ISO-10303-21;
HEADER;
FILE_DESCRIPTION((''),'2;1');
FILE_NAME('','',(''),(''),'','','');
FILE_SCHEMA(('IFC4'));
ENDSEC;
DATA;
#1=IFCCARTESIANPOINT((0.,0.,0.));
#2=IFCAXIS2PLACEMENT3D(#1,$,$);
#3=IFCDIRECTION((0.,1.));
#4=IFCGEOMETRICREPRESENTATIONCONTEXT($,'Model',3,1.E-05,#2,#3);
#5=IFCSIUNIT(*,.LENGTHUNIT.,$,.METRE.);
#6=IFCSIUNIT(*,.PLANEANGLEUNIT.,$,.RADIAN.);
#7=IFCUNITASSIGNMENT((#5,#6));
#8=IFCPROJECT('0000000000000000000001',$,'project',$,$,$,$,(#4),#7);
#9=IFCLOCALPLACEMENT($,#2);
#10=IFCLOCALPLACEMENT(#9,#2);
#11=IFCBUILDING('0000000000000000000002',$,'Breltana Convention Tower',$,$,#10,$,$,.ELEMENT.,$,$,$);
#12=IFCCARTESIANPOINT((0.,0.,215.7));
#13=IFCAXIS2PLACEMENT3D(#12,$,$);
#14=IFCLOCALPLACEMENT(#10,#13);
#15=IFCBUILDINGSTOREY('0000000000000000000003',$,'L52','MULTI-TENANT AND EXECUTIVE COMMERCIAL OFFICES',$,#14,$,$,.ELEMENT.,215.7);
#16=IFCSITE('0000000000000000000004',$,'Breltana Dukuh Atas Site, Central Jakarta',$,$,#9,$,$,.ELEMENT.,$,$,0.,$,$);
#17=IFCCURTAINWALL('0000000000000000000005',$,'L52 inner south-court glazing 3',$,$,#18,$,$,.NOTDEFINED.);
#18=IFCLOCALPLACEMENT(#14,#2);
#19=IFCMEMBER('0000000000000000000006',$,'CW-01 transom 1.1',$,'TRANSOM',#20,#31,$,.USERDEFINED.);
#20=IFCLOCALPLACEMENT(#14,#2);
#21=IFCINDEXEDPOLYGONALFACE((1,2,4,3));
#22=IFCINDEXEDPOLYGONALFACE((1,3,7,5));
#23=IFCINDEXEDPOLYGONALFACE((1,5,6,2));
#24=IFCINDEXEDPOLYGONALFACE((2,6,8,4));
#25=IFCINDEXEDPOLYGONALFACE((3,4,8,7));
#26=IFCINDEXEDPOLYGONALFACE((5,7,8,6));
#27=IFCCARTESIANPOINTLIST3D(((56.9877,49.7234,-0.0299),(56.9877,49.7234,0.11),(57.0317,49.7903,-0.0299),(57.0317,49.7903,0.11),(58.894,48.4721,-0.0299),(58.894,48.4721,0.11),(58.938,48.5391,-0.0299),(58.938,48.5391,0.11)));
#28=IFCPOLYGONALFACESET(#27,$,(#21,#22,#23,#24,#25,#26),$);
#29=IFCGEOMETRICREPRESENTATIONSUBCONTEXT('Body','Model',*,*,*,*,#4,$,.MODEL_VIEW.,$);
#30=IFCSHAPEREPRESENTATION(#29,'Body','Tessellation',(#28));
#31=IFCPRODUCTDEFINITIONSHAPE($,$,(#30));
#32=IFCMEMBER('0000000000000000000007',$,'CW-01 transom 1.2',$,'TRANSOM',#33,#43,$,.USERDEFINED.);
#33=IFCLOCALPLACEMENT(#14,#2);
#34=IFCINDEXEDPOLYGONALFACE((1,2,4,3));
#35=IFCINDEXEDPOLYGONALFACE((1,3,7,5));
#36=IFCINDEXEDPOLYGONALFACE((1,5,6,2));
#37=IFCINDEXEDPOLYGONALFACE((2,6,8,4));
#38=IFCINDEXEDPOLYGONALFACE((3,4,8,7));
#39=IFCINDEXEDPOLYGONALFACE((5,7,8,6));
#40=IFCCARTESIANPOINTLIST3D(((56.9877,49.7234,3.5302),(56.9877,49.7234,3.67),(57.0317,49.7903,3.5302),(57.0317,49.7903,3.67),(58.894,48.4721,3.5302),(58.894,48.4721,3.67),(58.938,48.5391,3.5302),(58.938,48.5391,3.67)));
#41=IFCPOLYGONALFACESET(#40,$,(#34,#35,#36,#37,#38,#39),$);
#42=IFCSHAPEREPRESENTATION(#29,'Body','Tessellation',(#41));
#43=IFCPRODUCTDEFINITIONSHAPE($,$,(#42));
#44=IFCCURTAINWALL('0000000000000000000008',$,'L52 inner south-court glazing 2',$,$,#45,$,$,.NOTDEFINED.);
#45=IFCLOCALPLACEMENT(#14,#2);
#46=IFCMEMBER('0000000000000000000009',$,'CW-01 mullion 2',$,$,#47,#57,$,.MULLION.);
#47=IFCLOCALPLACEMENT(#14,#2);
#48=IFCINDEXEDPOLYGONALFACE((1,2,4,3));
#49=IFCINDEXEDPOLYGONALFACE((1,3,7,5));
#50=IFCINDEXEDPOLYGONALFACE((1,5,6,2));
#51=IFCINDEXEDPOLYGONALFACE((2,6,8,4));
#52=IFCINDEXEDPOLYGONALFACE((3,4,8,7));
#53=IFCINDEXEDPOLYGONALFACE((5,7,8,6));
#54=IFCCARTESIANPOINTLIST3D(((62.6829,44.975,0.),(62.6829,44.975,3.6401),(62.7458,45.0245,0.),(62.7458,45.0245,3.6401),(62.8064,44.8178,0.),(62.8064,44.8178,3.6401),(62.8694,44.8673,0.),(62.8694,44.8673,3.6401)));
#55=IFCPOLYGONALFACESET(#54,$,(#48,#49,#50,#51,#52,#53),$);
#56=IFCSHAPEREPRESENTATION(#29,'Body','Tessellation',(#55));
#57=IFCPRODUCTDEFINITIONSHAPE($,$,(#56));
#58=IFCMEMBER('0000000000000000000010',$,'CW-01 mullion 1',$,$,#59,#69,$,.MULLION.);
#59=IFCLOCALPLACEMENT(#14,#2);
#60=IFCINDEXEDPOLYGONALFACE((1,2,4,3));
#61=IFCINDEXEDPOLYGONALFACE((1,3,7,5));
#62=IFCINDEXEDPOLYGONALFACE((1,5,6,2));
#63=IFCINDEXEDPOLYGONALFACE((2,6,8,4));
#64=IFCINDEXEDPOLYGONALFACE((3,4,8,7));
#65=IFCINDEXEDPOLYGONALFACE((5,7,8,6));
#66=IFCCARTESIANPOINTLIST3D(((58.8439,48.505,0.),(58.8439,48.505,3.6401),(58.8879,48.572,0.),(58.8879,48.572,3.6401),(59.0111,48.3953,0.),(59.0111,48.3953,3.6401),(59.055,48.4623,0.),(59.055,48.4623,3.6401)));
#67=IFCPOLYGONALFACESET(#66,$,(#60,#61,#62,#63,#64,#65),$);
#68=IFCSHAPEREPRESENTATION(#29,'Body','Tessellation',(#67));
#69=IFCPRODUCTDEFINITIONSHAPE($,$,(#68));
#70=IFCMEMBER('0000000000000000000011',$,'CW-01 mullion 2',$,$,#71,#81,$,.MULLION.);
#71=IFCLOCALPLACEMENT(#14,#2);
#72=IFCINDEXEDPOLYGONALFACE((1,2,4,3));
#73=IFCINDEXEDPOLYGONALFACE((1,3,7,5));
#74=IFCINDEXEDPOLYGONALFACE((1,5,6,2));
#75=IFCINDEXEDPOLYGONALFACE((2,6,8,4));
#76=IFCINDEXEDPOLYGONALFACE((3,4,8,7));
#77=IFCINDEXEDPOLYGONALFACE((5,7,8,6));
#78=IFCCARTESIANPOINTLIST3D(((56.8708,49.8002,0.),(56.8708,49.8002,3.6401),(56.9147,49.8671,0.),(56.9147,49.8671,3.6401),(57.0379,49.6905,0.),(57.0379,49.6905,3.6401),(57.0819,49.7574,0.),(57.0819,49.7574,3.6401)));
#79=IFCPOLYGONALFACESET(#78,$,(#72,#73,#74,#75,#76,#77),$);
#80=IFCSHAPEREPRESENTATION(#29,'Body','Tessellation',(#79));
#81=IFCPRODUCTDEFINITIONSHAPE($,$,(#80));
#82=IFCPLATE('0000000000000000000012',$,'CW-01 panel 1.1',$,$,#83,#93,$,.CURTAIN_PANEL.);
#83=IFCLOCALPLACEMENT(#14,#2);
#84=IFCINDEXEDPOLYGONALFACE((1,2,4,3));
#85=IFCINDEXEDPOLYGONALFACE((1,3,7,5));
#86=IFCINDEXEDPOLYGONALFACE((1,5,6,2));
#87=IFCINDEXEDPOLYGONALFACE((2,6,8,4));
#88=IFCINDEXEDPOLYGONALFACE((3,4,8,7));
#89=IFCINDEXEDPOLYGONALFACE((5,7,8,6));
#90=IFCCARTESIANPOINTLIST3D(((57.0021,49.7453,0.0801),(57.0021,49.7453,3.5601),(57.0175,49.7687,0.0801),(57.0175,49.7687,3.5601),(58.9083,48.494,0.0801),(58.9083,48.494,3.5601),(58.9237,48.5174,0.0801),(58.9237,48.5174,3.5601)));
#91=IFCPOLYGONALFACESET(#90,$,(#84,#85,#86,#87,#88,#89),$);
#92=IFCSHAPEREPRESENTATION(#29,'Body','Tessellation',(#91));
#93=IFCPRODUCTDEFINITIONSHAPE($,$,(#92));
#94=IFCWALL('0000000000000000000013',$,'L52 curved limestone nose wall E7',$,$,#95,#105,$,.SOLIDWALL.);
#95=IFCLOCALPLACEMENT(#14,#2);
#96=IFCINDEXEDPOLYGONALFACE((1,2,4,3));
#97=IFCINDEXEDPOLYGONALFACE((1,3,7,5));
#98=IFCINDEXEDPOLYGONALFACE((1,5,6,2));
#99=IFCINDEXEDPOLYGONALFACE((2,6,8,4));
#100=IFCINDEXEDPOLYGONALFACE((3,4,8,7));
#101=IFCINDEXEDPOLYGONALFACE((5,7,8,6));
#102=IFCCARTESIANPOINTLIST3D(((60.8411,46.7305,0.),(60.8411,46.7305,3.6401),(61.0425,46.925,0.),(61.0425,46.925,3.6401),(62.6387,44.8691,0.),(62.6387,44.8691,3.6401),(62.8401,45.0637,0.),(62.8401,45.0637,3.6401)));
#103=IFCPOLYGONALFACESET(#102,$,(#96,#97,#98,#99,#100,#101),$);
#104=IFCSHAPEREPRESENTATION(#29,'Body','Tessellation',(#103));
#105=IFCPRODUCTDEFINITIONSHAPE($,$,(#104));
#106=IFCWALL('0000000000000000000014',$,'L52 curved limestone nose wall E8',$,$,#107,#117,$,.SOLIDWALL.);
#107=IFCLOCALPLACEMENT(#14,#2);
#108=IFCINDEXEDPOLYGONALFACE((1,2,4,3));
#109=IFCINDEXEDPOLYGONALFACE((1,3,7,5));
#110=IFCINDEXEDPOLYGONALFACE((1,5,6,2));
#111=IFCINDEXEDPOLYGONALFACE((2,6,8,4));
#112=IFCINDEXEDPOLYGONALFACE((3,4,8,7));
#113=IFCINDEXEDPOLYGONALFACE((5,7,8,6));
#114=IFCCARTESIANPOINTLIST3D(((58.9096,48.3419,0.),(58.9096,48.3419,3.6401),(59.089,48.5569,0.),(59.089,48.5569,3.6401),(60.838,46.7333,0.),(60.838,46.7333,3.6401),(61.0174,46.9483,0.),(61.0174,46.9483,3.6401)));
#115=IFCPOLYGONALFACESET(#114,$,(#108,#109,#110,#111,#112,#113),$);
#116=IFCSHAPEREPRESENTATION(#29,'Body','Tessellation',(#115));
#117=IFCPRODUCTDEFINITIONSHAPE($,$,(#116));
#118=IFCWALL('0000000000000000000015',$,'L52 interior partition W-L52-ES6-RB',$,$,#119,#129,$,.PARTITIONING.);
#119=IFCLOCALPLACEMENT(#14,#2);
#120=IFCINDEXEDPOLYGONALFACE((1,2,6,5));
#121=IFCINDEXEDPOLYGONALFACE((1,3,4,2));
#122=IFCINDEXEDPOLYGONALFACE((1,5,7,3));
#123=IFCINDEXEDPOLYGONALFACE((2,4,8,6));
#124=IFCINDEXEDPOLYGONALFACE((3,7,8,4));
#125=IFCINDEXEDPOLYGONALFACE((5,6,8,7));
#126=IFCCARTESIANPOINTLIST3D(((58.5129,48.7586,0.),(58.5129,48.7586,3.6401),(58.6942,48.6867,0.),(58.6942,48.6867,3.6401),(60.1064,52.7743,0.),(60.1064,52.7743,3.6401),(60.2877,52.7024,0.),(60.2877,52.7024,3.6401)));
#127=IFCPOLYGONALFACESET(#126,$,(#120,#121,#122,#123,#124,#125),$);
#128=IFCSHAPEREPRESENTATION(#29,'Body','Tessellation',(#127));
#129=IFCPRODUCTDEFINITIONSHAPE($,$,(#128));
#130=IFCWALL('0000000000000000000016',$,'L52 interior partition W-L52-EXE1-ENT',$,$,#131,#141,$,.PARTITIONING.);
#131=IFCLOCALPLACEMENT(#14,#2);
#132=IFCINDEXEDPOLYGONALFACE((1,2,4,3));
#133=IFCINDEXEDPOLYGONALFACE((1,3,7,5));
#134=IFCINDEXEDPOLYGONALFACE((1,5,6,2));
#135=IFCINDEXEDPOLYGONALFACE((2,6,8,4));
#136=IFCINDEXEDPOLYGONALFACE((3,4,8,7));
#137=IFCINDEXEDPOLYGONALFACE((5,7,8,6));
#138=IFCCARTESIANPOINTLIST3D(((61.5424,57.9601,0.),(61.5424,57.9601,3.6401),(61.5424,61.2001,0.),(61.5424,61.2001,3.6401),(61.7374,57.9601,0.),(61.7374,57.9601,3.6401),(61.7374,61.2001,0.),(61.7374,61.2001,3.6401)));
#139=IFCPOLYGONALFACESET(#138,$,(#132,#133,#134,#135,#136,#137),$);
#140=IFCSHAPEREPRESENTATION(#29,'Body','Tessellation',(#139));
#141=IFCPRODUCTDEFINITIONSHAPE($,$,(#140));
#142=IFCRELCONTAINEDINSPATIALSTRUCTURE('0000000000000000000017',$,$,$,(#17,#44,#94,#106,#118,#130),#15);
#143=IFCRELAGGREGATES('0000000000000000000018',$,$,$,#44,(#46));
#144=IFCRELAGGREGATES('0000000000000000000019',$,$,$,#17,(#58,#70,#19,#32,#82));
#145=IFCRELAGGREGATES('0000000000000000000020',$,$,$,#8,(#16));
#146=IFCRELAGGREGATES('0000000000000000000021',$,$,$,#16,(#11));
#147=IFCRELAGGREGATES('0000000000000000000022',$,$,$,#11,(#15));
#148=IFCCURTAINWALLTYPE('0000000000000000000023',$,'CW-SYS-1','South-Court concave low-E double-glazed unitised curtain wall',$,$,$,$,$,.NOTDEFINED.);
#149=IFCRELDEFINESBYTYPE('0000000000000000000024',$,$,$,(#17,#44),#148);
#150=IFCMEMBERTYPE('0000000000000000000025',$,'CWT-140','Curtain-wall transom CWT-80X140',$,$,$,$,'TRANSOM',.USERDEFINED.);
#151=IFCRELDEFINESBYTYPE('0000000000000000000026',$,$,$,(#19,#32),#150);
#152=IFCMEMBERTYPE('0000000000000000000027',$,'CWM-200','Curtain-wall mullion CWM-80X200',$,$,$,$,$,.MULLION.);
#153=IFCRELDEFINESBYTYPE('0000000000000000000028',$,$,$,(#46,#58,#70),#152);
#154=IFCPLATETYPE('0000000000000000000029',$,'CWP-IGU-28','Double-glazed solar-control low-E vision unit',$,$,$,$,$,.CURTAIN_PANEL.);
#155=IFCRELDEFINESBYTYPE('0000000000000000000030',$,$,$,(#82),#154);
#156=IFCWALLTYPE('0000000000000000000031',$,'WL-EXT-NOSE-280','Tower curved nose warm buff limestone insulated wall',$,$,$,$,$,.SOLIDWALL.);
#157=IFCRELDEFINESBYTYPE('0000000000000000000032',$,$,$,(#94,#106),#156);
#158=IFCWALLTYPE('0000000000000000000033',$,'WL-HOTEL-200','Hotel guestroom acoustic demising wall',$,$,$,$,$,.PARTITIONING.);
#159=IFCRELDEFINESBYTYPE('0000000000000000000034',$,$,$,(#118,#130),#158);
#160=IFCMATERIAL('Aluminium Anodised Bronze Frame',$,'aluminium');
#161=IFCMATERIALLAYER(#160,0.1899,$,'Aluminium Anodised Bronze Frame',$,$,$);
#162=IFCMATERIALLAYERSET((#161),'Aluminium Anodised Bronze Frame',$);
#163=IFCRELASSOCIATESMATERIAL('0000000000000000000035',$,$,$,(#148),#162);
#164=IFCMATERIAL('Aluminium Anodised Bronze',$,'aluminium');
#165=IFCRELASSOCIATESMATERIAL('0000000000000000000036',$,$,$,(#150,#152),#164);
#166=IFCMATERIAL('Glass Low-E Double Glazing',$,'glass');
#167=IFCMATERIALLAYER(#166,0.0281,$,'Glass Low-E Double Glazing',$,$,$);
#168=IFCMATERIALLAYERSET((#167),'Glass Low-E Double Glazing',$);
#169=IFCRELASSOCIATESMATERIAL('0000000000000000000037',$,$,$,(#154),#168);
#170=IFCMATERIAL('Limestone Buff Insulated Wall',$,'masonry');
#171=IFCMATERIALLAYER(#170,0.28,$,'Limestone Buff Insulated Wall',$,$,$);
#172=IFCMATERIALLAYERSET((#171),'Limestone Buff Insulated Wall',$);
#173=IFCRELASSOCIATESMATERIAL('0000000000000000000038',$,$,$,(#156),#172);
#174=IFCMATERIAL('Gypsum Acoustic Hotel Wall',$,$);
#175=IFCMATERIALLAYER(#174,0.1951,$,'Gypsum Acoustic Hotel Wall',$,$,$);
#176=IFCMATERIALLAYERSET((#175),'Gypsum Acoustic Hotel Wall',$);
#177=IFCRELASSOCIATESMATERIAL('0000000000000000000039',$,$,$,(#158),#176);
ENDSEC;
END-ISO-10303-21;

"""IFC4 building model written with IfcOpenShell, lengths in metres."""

from ifc_helpers import new_model, si_unit, direction, frame, frame_2d, origin, origin_2d, place, context, subcontext, project, spatial, rectangle, extrude, source, transform, mapped, material, layer, layer_set, material_profile, profile_set, type_object, element, aggregate, save


model = new_model("IFC4")

# Units and contexts
model_context = context("Model", 3, precision=1e-05, world=origin(), true_north=direction((0.0, 1.0)))
body_context = subcontext(model_context, "Body", "Model", "MODEL_VIEW")
ifc_project = project(units=[si_unit("LENGTHUNIT", "METRE"), si_unit("PLANEANGLEUNIT", "RADIAN")], contexts=[model_context])

# Site, building, storey
site_placement = place(None, origin())
site = spatial("IfcSite", under=ifc_project, at=site_placement, Name="Breltana Dukuh Atas Site, Central Jakarta", CompositionType="ELEMENT", RefElevation=0.0)
building_placement = place(site_placement, origin())
building = spatial("IfcBuilding", under=site, at=building_placement, Name="Breltana Convention Tower", CompositionType="ELEMENT")
storey_placement = place(building_placement, frame((0.0, 0.0, 215.7)))
storey = spatial("IfcBuildingStorey", under=building, at=storey_placement, Name="L52", Description="MULTI-TENANT AND EXECUTIVE COMMERCIAL OFFICES", CompositionType="ELEMENT", Elevation=215.7)

# Curtain wall, members
ifc_material_1 = material(Name="Aluminium Anodised Bronze Frame", Category="aluminium")
ifc_layer_1 = layer(ifc_material_1, 0.1899, Name="Aluminium Anodised Bronze Frame")
ifc_layer_set_1 = layer_set([ifc_layer_1], Name="Aluminium Anodised Bronze Frame")
curtain_wall_type = type_object("IfcCurtainWallType", Name="CW-SYS-1", Description="South-Court concave low-E double-glazed unitised curtain wall", PredefinedType="NOTDEFINED", material=ifc_layer_set_1)
curtain_wall_1_placement = place(storey_placement, origin())
curtain_wall_1 = element("IfcCurtainWall", 1, at=curtain_wall_1_placement, inside=storey, type_object=curtain_wall_type, Name="L52 inner south-court glazing 3", PredefinedType="NOTDEFINED")
ifc_material_2 = material(Name="Aluminium Anodised Bronze", Category="aluminium")
ifc_material_profile_1 = material_profile(ifc_material_2, rectangle(XDim=0.0801, YDim=0.1399, at=origin_2d()), Name="CWT-80X140")
ifc_profile_set_1 = profile_set([ifc_material_profile_1], Name="Aluminium Anodised Bronze")
member_type_1 = type_object("IfcMemberType", Name="CWT-140", Description="Curtain-wall transom CWT-80X140", ElementType="TRANSOM", PredefinedType="USERDEFINED", material=ifc_profile_set_1)
shared_shape_1 = source(origin(), body_context, "Body", "SweptSolid", [
    extrude(rectangle(XDim=0.0801, YDim=0.1399, at=origin_2d()), origin(), (0.0, 0.0, 1.0), 2.2803),
])
member_1_placement = place(storey_placement, frame((58.916, 48.5056, 0.04), z_axis=(-0.835999, 0.548731, 0.0), x_axis=(-0.548731, -0.835999, 0.0)))
member_1 = element("IfcMember", 2, at=member_1_placement, type_object=member_type_1, Name="CW-01 transom 1.1", ObjectType="TRANSOM", PredefinedType="USERDEFINED", context=body_context, shape_type="MappedRepresentation", body=[
    mapped(shared_shape_1, transform((0.0, 0.0, 0.0), scale=1.0)),
])
member_2_placement = place(storey_placement, frame((58.916, 48.5056, 3.6001), z_axis=(-0.835999, 0.548731, 0.0), x_axis=(-0.548731, -0.835999, 0.0)))
member_2 = element("IfcMember", 3, at=member_2_placement, type_object=member_type_1, Name="CW-01 transom 1.2", ObjectType="TRANSOM", PredefinedType="USERDEFINED", context=body_context, shape_type="MappedRepresentation", body=[
    mapped(shared_shape_1, transform((0.0, 0.0, 0.0), scale=1.0)),
])

# Curtain wall, member
curtain_wall_2_placement = place(storey_placement, origin())
curtain_wall_2 = element("IfcCurtainWall", 4, at=curtain_wall_2_placement, inside=storey, type_object=curtain_wall_type, Name="L52 inner south-court glazing 2", PredefinedType="NOTDEFINED")
ifc_material_profile_2 = material_profile(ifc_material_2, rectangle(XDim=0.0801, YDim=0.2, at=origin_2d()), Name="CWM-80X200")
ifc_profile_set_2 = profile_set([ifc_material_profile_2], Name="Aluminium Anodised Bronze")
member_type_2 = type_object("IfcMemberType", Name="CWM-200", Description="Curtain-wall mullion CWM-80X200", PredefinedType="MULLION", material=ifc_profile_set_2)
shared_shape_2 = source(origin(), body_context, "Body", "SweptSolid", [
    extrude(rectangle(XDim=0.0801, YDim=0.2, at=origin_2d()), origin(), (0.0, 0.0, 1.0), 3.6401),
])
member_3_placement = place(storey_placement, frame((62.7761, 44.9211, 0.0), z_axis=(0.0, 0.0, 1.0), x_axis=(-0.786061, -0.61815, 0.0)))
member_3 = element("IfcMember", 5, at=member_3_placement, type_object=member_type_2, Name="CW-01 mullion 2", PredefinedType="MULLION", context=body_context, shape_type="MappedRepresentation", body=[
    mapped(shared_shape_2, transform((0.0, 0.0, 0.0), scale=1.0)),
])
aggregate(curtain_wall_2, [member_3])

# Members
member_4_placement = place(storey_placement, frame((58.9495, 48.4836, 0.0), z_axis=(0.0, 0.0, 1.0), x_axis=(-0.548757, -0.835982, 0.0)))
member_4 = element("IfcMember", 6, at=member_4_placement, type_object=member_type_2, Name="CW-01 mullion 1", PredefinedType="MULLION", context=body_context, shape_type="MappedRepresentation", body=[
    mapped(shared_shape_2, transform((0.0, 0.0, 0.0), scale=1.0)),
])
member_5_placement = place(storey_placement, frame((56.9763, 49.7788, 0.0), z_axis=(0.0, 0.0, 1.0), x_axis=(-0.548757, -0.835982, 0.0)))
member_5 = element("IfcMember", 7, at=member_5_placement, type_object=member_type_2, Name="CW-01 mullion 2", PredefinedType="MULLION", context=body_context, shape_type="MappedRepresentation", body=[
    mapped(shared_shape_2, transform((0.0, 0.0, 0.0), scale=1.0)),
])

# Plate
ifc_material_3 = material(Name="Glass Low-E Double Glazing", Category="glass")
ifc_layer_2 = layer(ifc_material_3, 0.0281, Name="Glass Low-E Double Glazing")
ifc_layer_set_2 = layer_set([ifc_layer_2], Name="Glass Low-E Double Glazing")
plate_type = type_object("IfcPlateType", Name="CWP-IGU-28", Description="Double-glazed solar-control low-E vision unit", PredefinedType="CURTAIN_PANEL", material=ifc_layer_set_2)
shared_shape_3 = source(origin(), body_context, "Body", "SweptSolid", [
    extrude(rectangle(XDim=2.2803, YDim=0.0281, at=origin_2d()), origin(), (0.0, 0.0, 1.0), 3.48),
])
plate_placement = place(storey_placement, frame((57.9629, 49.1313, 0.0801), z_axis=(0.0, 0.0, 1.0), x_axis=(-0.835982, 0.548757, 0.0)))
plate = element("IfcPlate", 8, at=plate_placement, type_object=plate_type, Name="CW-01 panel 1.1", PredefinedType="CURTAIN_PANEL", context=body_context, shape_type="MappedRepresentation", body=[
    mapped(shared_shape_3, transform((0.0, 0.0, 0.0), scale=1.0)),
])
aggregate(curtain_wall_1, [member_4, member_5, member_1, member_2, plate])

# Walls
ifc_material_4 = material(Name="Limestone Buff Insulated Wall", Category="masonry")
ifc_layer_3 = layer(ifc_material_4, 0.28, Name="Limestone Buff Insulated Wall")
ifc_layer_set_3 = layer_set([ifc_layer_3], Name="Limestone Buff Insulated Wall")
wall_type_1 = type_object("IfcWallType", Name="WL-EXT-NOSE-280", Description="Tower curved nose warm buff limestone insulated wall", PredefinedType="SOLIDWALL", material=ifc_layer_set_3)
shared_shape_4 = source(origin(), body_context, "Body", "SweptSolid", [
    extrude(rectangle(XDim=2.5876, YDim=0.28, at=frame_2d((1.2939, 0.0))), origin(), (0.0, 0.0, 1.0), 3.6401),
])
wall_1_placement = place(storey_placement, frame((62.7395, 44.9663, 0.0), z_axis=(0.0, 0.0, 1.0), x_axis=(-0.694687, 0.719312, 0.0)))
element("IfcWall", 9, at=wall_1_placement, inside=storey, type_object=wall_type_1, Name="L52 curved limestone nose wall E7", PredefinedType="SOLIDWALL", context=body_context, shape_type="MappedRepresentation", body=[
    mapped(shared_shape_4, transform((0.0, 0.0, 0.0), scale=1.0)),
])
shared_shape_5 = source(origin(), body_context, "Body", "SweptSolid", [
    extrude(rectangle(XDim=2.5112, YDim=0.28, at=frame_2d((1.2556, 0.0))), origin(), (0.0, 0.0, 1.0), 3.6401),
])
wall_2_placement = place(storey_placement, frame((60.9277, 46.8408, 0.0), z_axis=(0.0, 0.0, 1.0), x_axis=(-0.76791, 0.640557, 0.0)))
element("IfcWall", 10, at=wall_2_placement, inside=storey, type_object=wall_type_1, Name="L52 curved limestone nose wall E8", PredefinedType="SOLIDWALL", context=body_context, shape_type="MappedRepresentation", body=[
    mapped(shared_shape_5, transform((0.0, 0.0, 0.0), scale=1.0)),
])
ifc_material_5 = material(Name="Gypsum Acoustic Hotel Wall")
ifc_layer_4 = layer(ifc_material_5, 0.1951, Name="Gypsum Acoustic Hotel Wall")
ifc_layer_set_4 = layer_set([ifc_layer_4], Name="Gypsum Acoustic Hotel Wall")
wall_type_2 = type_object("IfcWallType", Name="WL-HOTEL-200", Description="Hotel guestroom acoustic demising wall", PredefinedType="PARTITIONING", material=ifc_layer_set_4)
shared_shape_6 = source(origin(), body_context, "Body", "SweptSolid", [
    extrude(rectangle(XDim=4.3203, YDim=0.1951, at=frame_2d((2.1602, 0.0))), origin(), (0.0, 0.0, 1.0), 3.6401),
])
wall_3_placement = place(storey_placement, frame((58.6035, 48.7227, 0.0), z_axis=(0.0, 0.0, 1.0), x_axis=(0.368846, 0.92949, 0.0)))
element("IfcWall", 11, at=wall_3_placement, inside=storey, type_object=wall_type_2, Name="L52 interior partition W-L52-ES6-RB", PredefinedType="PARTITIONING", context=body_context, shape_type="MappedRepresentation", body=[
    mapped(shared_shape_6, transform((0.0, 0.0, 0.0), scale=1.0)),
])
shared_shape_7 = source(origin(), body_context, "Body", "SweptSolid", [
    extrude(rectangle(XDim=3.24, YDim=0.1951, at=frame_2d((1.6201, 0.0))), origin(), (0.0, 0.0, 1.0), 3.6401),
])
wall_4_placement = place(storey_placement, frame((61.6399, 57.96, 0.0), z_axis=(0.0, 0.0, 1.0), x_axis=(0.0, 1.0, 0.0)))
element("IfcWall", 12, at=wall_4_placement, inside=storey, type_object=wall_type_2, Name="L52 interior partition W-L52-EXE1-ENT", PredefinedType="PARTITIONING", context=body_context, shape_type="MappedRepresentation", body=[
    mapped(shared_shape_7, transform((0.0, 0.0, 0.0), scale=1.0)),
])

save(model, "model.ifc")
